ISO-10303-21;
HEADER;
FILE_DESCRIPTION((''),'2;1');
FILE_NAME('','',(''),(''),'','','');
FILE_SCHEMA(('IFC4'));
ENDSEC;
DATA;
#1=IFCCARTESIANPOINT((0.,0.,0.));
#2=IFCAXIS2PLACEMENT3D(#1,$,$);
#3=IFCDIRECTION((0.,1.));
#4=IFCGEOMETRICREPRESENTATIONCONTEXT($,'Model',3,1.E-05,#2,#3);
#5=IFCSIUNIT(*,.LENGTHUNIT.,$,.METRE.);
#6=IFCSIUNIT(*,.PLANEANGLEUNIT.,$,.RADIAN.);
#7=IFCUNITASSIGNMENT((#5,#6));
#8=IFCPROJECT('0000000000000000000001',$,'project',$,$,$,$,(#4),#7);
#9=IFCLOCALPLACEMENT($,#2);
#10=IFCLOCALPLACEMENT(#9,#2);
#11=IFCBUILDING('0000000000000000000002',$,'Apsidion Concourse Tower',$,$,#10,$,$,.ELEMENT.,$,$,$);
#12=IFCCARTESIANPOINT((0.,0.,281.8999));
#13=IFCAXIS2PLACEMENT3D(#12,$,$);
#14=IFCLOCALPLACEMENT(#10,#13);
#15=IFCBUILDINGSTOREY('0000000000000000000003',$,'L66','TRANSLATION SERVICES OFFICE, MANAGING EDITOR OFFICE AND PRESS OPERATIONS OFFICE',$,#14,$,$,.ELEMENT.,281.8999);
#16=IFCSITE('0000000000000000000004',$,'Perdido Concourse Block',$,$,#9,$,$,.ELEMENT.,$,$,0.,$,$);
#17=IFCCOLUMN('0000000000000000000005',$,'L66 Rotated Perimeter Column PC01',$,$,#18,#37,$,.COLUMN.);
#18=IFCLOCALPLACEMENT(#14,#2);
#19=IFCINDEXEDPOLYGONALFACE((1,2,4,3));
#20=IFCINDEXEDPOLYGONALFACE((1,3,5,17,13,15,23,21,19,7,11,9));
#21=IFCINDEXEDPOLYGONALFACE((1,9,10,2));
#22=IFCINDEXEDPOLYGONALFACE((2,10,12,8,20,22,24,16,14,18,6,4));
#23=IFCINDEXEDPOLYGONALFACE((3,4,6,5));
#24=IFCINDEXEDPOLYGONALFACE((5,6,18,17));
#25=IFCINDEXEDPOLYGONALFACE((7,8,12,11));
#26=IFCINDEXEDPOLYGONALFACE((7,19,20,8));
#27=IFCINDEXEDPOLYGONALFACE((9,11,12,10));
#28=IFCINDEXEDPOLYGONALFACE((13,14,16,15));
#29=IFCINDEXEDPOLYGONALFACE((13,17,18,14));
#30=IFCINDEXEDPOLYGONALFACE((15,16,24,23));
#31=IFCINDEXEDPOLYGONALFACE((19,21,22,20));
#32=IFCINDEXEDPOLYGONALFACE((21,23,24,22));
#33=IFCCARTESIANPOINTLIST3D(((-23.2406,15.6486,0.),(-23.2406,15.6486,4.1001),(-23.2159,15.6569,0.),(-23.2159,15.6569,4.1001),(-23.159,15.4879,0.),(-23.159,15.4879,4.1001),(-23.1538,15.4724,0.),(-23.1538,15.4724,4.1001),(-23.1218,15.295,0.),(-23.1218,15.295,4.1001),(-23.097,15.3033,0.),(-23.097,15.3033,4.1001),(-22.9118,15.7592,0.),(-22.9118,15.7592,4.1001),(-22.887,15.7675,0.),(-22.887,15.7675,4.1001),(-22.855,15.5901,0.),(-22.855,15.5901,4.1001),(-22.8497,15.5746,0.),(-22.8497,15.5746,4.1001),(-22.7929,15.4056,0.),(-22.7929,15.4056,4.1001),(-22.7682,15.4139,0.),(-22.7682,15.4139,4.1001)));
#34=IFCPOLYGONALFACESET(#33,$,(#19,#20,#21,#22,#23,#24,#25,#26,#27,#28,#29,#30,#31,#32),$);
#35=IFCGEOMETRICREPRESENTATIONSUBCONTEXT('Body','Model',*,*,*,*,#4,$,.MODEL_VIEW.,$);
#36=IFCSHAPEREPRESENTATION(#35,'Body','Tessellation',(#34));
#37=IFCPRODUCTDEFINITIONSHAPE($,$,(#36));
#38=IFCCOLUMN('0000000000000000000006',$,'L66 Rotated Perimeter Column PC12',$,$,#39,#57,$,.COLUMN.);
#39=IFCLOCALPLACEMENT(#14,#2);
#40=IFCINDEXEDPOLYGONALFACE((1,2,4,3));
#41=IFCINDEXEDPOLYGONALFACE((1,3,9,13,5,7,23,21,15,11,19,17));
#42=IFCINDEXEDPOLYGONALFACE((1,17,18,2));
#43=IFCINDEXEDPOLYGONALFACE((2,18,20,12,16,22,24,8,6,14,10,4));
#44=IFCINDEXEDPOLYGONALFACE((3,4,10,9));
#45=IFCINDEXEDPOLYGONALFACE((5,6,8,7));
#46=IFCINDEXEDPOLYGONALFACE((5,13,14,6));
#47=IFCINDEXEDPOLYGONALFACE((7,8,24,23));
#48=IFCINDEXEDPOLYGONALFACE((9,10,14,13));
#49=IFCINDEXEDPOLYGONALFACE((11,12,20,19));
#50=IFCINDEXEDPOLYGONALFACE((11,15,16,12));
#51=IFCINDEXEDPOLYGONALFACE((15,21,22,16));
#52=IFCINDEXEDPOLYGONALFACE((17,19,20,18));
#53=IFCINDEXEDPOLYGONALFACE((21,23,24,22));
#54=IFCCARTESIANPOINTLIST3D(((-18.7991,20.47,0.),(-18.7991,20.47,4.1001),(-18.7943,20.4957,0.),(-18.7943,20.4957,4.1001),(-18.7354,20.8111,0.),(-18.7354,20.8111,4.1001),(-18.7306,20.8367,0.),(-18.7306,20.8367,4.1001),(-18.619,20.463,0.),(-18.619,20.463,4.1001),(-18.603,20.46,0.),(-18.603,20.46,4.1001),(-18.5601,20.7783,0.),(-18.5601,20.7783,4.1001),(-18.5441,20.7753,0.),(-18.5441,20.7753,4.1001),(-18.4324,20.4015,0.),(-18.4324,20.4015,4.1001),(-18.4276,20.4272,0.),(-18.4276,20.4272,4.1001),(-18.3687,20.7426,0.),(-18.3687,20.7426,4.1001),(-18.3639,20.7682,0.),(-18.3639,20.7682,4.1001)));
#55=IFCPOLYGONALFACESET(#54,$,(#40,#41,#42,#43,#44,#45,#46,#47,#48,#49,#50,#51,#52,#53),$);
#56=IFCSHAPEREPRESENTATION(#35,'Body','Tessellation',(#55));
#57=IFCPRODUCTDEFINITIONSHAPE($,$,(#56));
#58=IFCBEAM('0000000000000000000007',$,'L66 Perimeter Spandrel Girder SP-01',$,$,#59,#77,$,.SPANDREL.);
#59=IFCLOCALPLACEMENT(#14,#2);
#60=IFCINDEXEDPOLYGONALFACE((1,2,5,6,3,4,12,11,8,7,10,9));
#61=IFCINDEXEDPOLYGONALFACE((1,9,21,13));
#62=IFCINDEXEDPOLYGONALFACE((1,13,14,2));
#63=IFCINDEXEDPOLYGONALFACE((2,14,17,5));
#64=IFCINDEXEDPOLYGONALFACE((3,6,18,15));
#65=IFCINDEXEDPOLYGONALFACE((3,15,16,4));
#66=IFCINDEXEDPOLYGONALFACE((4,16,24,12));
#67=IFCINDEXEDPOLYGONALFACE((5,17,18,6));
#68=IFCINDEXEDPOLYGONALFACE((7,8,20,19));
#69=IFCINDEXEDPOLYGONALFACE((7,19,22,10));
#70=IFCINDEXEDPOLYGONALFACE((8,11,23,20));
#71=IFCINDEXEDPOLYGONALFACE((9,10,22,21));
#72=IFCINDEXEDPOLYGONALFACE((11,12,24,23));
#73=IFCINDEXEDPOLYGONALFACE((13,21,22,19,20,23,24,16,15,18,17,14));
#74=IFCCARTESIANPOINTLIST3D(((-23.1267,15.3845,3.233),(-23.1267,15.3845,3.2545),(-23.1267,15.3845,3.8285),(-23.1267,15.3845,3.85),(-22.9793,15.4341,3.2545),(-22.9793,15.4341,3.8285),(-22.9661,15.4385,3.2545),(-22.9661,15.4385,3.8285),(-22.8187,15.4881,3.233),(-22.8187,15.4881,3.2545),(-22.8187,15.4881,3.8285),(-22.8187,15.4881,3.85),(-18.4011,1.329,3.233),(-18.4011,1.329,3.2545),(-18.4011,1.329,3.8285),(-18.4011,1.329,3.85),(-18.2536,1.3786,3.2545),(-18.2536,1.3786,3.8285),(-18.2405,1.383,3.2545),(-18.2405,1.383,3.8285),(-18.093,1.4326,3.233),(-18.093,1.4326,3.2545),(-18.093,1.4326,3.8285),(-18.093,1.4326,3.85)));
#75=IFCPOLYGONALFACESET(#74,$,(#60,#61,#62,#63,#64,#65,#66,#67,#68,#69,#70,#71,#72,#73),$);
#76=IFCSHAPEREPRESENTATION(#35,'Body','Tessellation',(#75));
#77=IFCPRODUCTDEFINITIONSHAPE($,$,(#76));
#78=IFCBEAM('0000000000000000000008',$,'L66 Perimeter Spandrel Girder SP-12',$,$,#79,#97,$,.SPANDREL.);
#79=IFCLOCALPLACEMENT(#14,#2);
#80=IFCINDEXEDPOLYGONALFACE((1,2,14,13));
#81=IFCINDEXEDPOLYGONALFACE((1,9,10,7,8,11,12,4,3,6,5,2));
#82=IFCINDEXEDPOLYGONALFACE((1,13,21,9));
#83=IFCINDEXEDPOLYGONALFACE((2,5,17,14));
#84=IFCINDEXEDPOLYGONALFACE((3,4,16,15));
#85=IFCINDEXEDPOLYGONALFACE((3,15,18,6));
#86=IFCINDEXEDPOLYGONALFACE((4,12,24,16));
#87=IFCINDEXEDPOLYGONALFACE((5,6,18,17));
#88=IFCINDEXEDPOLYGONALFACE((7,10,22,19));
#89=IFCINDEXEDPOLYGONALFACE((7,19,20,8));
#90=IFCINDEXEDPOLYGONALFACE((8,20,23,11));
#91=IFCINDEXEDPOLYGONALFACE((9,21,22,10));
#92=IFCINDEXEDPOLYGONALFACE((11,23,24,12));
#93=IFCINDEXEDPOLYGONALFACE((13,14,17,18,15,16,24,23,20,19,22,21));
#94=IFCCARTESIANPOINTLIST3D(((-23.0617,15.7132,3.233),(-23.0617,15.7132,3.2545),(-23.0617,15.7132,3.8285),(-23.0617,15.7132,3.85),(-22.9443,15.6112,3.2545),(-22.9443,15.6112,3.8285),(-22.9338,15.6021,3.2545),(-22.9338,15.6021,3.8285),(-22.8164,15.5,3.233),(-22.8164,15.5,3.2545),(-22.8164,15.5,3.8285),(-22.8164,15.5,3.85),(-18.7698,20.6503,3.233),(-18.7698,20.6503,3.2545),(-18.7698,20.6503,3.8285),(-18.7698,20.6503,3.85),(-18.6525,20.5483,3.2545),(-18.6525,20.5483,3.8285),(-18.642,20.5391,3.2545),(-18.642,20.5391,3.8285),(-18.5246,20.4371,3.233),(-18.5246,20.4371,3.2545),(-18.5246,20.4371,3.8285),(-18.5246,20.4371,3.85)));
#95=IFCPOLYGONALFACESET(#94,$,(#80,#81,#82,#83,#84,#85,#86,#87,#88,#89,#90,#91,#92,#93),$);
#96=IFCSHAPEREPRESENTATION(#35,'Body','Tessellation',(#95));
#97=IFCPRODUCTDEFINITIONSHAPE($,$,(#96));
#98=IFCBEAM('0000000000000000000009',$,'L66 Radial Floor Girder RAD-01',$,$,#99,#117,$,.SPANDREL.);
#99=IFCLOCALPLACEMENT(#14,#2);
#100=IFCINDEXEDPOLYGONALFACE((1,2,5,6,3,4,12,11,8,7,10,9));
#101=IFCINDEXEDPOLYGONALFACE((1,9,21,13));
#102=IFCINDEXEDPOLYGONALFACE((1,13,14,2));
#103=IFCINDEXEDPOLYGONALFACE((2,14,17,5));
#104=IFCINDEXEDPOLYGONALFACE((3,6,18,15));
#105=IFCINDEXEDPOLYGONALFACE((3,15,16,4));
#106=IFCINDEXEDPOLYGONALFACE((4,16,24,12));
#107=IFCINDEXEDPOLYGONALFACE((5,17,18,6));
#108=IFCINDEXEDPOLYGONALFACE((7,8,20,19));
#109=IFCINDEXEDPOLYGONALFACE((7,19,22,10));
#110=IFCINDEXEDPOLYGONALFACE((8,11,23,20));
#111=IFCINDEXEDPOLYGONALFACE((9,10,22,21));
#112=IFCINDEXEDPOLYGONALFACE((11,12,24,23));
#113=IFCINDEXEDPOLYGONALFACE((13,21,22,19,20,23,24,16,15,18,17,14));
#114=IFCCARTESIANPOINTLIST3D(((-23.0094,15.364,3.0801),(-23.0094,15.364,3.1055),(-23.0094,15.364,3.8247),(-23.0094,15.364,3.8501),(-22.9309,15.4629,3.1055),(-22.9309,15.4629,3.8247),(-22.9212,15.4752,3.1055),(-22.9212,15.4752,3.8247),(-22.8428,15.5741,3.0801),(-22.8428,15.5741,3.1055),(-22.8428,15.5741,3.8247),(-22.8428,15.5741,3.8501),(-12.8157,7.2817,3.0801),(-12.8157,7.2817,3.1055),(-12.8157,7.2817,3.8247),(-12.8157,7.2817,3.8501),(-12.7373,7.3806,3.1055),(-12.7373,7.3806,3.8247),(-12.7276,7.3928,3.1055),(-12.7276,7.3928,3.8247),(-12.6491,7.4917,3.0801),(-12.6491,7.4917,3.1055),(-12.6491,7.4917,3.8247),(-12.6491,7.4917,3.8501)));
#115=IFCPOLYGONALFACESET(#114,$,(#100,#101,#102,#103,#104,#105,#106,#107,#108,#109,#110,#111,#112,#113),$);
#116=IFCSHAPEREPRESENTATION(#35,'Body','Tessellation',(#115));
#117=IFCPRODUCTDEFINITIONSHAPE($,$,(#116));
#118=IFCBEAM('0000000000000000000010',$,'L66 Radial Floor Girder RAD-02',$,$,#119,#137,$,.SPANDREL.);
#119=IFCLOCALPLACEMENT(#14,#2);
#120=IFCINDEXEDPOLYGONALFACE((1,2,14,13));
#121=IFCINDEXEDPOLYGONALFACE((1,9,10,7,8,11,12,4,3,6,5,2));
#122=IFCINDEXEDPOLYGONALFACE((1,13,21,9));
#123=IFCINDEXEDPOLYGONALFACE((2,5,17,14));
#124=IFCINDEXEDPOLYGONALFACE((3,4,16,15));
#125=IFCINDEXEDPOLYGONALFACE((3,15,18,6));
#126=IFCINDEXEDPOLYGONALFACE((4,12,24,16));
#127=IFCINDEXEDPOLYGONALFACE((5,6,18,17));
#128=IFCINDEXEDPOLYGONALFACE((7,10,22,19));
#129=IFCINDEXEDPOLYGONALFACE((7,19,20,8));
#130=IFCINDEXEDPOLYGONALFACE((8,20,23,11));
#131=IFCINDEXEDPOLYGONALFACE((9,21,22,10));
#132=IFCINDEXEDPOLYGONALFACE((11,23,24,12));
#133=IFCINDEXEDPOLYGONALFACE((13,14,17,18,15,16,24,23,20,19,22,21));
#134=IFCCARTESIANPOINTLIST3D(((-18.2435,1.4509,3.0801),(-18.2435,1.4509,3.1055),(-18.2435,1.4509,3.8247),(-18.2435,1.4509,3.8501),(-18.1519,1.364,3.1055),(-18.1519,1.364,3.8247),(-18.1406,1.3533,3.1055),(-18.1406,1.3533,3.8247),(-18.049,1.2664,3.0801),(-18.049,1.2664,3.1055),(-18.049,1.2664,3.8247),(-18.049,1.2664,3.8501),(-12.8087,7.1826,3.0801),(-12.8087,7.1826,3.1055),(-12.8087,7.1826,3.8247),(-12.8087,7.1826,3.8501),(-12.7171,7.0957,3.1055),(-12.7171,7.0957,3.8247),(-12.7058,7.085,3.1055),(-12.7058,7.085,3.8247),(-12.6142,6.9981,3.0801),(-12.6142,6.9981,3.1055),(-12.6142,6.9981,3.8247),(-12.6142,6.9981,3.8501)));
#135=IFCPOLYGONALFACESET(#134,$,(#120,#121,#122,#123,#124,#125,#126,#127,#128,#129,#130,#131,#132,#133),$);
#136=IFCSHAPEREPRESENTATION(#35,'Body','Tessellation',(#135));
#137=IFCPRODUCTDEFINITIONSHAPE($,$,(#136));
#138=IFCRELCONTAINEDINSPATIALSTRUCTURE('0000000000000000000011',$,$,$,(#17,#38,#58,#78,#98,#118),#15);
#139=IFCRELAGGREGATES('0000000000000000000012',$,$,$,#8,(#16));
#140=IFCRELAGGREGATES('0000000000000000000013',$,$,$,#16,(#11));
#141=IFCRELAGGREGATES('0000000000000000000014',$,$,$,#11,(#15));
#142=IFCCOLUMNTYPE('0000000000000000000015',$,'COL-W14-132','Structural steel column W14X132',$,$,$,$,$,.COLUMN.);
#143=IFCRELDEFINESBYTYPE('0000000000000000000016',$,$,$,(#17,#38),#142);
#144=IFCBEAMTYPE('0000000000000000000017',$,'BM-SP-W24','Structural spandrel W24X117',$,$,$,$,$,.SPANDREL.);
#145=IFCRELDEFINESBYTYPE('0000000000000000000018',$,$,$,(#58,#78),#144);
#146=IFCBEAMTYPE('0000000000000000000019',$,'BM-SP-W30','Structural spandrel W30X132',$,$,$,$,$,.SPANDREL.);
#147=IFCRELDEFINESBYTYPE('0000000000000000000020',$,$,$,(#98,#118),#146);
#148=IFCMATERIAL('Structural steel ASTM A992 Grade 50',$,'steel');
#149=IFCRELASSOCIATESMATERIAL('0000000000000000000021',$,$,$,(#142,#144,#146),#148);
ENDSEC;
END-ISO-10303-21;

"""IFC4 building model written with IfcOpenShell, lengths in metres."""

from ifc_helpers import new_model, si_unit, direction, frame, origin, origin_2d, place, context, subcontext, project, spatial, i_section, extrude, material, material_profile, profile_set, type_object, element, save


model = new_model("IFC4")

# Units and contexts
model_context = context("Model", 3, precision=1e-05, world=origin(), true_north=direction((0.0, 1.0)))
body_context = subcontext(model_context, "Body", "Model", "MODEL_VIEW")
ifc_project = project(units=[si_unit("LENGTHUNIT", "METRE"), si_unit("PLANEANGLEUNIT", "RADIAN")], contexts=[model_context])

# Site, building, storey
site_placement = place(None, origin())
site = spatial("IfcSite", under=ifc_project, at=site_placement, Name="Perdido Concourse Block", CompositionType="ELEMENT", RefElevation=0.0)
building_placement = place(site_placement, origin())
building = spatial("IfcBuilding", under=site, at=building_placement, Name="Apsidion Concourse Tower", CompositionType="ELEMENT")
storey_placement = place(building_placement, frame((0.0, 0.0, 281.8999)))
storey = spatial("IfcBuildingStorey", under=building, at=storey_placement, Name="L66", Description="TRANSLATION SERVICES OFFICE, MANAGING EDITOR OFFICE AND PRESS OPERATIONS OFFICE", CompositionType="ELEMENT", Elevation=281.8999)

# Columns
ifc_material_1 = material(Name="Structural steel ASTM A992 Grade 50", Category="steel")
ifc_material_profile_1 = material_profile(ifc_material_1, i_section(OverallWidth=0.373, OverallDepth=0.373, WebThickness=0.0164, FlangeThickness=0.0261, at=origin_2d()), Name="W14X132")
ifc_profile_set_1 = profile_set([ifc_material_profile_1], Name="Structural steel ASTM A992 Grade 50")
column_type = type_object("IfcColumnType", Name="COL-W14-132", Description="Structural steel column W14X132", PredefinedType="COLUMN", material=ifc_profile_set_1)
for number, where, z_axis, x_axis, name in (
    (1, (-23.0044, 15.5312, 0.0), (0.0, 0.0, 1.0), (-0.318628, 0.94788, 0.0), "L66 Rotated Perimeter Column PC01"),
    (2, (-18.5815, 20.6191, 0.0), (0.0, 0.0, 1.0), (-0.983, 0.183608, 0.0), "L66 Rotated Perimeter Column PC12"),
):
    element("IfcColumn", number, at=place(storey_placement, frame(where, z_axis=z_axis, x_axis=x_axis)), inside=storey, type_object=column_type, Name=name, PredefinedType="COLUMN", context=body_context, shape_type="SweptSolid", body=[
        extrude(i_section(OverallWidth=0.373, OverallDepth=0.373, WebThickness=0.0164, FlangeThickness=0.0261, at=origin_2d()), origin(), (0.0, 0.0, 1.0), 4.1001),
    ])

# Beams
ifc_material_profile_2 = material_profile(ifc_material_1, i_section(OverallWidth=0.325, OverallDepth=0.6169, WebThickness=0.0139, FlangeThickness=0.0215, at=origin_2d()), Name="W24X117")
ifc_profile_set_2 = profile_set([ifc_material_profile_2], Name="Structural steel ASTM A992 Grade 50")
beam_type_1 = type_object("IfcBeamType", Name="BM-SP-W24", Description="Structural spandrel W24X117", PredefinedType="SPANDREL", material=ifc_profile_set_2)
beam_1_placement = place(storey_placement, frame((-22.9727, 15.4363, 3.5415), z_axis=(0.318682, -0.947862, 0.0), x_axis=(0.947862, 0.318682, 0.0)))
element("IfcBeam", 3, at=beam_1_placement, inside=storey, type_object=beam_type_1, Name="L66 Perimeter Spandrel Girder SP-01", PredefinedType="SPANDREL", context=body_context, shape_type="SweptSolid", body=[
    extrude(i_section(OverallWidth=0.325, OverallDepth=0.6169, WebThickness=0.0139, FlangeThickness=0.0215, at=origin_2d()), origin(), (0.0, 0.0, 1.0), 14.8286),
])
beam_2_placement = place(storey_placement, frame((-18.6472, 20.5437, 3.5415), z_axis=(-0.656065, -0.754704, 0.0), x_axis=(0.754704, -0.656065, 0.0)))
element("IfcBeam", 4, at=beam_2_placement, inside=storey, type_object=beam_type_1, Name="L66 Perimeter Spandrel Girder SP-12", PredefinedType="SPANDREL", context=body_context, shape_type="SweptSolid", body=[
    extrude(i_section(OverallWidth=0.325, OverallDepth=0.6169, WebThickness=0.0139, FlangeThickness=0.0215, at=origin_2d()), origin(), (0.0, 0.0, 1.0), 6.5417),
])
ifc_material_profile_3 = material_profile(ifc_material_1, i_section(OverallWidth=0.2681, OverallDepth=0.77, WebThickness=0.0156, FlangeThickness=0.0254, at=origin_2d()), Name="W30X132")
ifc_profile_set_3 = profile_set([ifc_material_profile_3], Name="Structural steel ASTM A992 Grade 50")
beam_type_2 = type_object("IfcBeamType", Name="BM-SP-W30", Description="Structural spandrel W30X132", PredefinedType="SPANDREL", material=ifc_profile_set_3)
beam_3_placement = place(storey_placement, frame((-12.7324, 7.3867, 3.4651), z_axis=(-0.783584, 0.621286, 0.0), x_axis=(-0.621286, -0.783584, 0.0)))
element("IfcBeam", 5, at=beam_3_placement, inside=storey, type_object=beam_type_2, Name="L66 Radial Floor Girder RAD-01", PredefinedType="SPANDREL", context=body_context, shape_type="SweptSolid", body=[
    extrude(i_section(OverallWidth=0.2681, OverallDepth=0.77, WebThickness=0.0156, FlangeThickness=0.0254, at=origin_2d()), origin(), (0.0, 0.0, 1.0), 13.009),
])
beam_4_placement = place(storey_placement, frame((-12.7114, 7.0903, 3.4651), z_axis=(-0.688064, -0.72565, 0.0), x_axis=(0.72565, -0.688064, 0.0)))
element("IfcBeam", 6, at=beam_4_placement, inside=storey, type_object=beam_type_2, Name="L66 Radial Floor Girder RAD-02", PredefinedType="SPANDREL", context=body_context, shape_type="SweptSolid", body=[
    extrude(i_section(OverallWidth=0.2681, OverallDepth=0.77, WebThickness=0.0156, FlangeThickness=0.0254, at=origin_2d()), origin(), (0.0, 0.0, 1.0), 7.8987),
])

save(model, "model.ifc")
